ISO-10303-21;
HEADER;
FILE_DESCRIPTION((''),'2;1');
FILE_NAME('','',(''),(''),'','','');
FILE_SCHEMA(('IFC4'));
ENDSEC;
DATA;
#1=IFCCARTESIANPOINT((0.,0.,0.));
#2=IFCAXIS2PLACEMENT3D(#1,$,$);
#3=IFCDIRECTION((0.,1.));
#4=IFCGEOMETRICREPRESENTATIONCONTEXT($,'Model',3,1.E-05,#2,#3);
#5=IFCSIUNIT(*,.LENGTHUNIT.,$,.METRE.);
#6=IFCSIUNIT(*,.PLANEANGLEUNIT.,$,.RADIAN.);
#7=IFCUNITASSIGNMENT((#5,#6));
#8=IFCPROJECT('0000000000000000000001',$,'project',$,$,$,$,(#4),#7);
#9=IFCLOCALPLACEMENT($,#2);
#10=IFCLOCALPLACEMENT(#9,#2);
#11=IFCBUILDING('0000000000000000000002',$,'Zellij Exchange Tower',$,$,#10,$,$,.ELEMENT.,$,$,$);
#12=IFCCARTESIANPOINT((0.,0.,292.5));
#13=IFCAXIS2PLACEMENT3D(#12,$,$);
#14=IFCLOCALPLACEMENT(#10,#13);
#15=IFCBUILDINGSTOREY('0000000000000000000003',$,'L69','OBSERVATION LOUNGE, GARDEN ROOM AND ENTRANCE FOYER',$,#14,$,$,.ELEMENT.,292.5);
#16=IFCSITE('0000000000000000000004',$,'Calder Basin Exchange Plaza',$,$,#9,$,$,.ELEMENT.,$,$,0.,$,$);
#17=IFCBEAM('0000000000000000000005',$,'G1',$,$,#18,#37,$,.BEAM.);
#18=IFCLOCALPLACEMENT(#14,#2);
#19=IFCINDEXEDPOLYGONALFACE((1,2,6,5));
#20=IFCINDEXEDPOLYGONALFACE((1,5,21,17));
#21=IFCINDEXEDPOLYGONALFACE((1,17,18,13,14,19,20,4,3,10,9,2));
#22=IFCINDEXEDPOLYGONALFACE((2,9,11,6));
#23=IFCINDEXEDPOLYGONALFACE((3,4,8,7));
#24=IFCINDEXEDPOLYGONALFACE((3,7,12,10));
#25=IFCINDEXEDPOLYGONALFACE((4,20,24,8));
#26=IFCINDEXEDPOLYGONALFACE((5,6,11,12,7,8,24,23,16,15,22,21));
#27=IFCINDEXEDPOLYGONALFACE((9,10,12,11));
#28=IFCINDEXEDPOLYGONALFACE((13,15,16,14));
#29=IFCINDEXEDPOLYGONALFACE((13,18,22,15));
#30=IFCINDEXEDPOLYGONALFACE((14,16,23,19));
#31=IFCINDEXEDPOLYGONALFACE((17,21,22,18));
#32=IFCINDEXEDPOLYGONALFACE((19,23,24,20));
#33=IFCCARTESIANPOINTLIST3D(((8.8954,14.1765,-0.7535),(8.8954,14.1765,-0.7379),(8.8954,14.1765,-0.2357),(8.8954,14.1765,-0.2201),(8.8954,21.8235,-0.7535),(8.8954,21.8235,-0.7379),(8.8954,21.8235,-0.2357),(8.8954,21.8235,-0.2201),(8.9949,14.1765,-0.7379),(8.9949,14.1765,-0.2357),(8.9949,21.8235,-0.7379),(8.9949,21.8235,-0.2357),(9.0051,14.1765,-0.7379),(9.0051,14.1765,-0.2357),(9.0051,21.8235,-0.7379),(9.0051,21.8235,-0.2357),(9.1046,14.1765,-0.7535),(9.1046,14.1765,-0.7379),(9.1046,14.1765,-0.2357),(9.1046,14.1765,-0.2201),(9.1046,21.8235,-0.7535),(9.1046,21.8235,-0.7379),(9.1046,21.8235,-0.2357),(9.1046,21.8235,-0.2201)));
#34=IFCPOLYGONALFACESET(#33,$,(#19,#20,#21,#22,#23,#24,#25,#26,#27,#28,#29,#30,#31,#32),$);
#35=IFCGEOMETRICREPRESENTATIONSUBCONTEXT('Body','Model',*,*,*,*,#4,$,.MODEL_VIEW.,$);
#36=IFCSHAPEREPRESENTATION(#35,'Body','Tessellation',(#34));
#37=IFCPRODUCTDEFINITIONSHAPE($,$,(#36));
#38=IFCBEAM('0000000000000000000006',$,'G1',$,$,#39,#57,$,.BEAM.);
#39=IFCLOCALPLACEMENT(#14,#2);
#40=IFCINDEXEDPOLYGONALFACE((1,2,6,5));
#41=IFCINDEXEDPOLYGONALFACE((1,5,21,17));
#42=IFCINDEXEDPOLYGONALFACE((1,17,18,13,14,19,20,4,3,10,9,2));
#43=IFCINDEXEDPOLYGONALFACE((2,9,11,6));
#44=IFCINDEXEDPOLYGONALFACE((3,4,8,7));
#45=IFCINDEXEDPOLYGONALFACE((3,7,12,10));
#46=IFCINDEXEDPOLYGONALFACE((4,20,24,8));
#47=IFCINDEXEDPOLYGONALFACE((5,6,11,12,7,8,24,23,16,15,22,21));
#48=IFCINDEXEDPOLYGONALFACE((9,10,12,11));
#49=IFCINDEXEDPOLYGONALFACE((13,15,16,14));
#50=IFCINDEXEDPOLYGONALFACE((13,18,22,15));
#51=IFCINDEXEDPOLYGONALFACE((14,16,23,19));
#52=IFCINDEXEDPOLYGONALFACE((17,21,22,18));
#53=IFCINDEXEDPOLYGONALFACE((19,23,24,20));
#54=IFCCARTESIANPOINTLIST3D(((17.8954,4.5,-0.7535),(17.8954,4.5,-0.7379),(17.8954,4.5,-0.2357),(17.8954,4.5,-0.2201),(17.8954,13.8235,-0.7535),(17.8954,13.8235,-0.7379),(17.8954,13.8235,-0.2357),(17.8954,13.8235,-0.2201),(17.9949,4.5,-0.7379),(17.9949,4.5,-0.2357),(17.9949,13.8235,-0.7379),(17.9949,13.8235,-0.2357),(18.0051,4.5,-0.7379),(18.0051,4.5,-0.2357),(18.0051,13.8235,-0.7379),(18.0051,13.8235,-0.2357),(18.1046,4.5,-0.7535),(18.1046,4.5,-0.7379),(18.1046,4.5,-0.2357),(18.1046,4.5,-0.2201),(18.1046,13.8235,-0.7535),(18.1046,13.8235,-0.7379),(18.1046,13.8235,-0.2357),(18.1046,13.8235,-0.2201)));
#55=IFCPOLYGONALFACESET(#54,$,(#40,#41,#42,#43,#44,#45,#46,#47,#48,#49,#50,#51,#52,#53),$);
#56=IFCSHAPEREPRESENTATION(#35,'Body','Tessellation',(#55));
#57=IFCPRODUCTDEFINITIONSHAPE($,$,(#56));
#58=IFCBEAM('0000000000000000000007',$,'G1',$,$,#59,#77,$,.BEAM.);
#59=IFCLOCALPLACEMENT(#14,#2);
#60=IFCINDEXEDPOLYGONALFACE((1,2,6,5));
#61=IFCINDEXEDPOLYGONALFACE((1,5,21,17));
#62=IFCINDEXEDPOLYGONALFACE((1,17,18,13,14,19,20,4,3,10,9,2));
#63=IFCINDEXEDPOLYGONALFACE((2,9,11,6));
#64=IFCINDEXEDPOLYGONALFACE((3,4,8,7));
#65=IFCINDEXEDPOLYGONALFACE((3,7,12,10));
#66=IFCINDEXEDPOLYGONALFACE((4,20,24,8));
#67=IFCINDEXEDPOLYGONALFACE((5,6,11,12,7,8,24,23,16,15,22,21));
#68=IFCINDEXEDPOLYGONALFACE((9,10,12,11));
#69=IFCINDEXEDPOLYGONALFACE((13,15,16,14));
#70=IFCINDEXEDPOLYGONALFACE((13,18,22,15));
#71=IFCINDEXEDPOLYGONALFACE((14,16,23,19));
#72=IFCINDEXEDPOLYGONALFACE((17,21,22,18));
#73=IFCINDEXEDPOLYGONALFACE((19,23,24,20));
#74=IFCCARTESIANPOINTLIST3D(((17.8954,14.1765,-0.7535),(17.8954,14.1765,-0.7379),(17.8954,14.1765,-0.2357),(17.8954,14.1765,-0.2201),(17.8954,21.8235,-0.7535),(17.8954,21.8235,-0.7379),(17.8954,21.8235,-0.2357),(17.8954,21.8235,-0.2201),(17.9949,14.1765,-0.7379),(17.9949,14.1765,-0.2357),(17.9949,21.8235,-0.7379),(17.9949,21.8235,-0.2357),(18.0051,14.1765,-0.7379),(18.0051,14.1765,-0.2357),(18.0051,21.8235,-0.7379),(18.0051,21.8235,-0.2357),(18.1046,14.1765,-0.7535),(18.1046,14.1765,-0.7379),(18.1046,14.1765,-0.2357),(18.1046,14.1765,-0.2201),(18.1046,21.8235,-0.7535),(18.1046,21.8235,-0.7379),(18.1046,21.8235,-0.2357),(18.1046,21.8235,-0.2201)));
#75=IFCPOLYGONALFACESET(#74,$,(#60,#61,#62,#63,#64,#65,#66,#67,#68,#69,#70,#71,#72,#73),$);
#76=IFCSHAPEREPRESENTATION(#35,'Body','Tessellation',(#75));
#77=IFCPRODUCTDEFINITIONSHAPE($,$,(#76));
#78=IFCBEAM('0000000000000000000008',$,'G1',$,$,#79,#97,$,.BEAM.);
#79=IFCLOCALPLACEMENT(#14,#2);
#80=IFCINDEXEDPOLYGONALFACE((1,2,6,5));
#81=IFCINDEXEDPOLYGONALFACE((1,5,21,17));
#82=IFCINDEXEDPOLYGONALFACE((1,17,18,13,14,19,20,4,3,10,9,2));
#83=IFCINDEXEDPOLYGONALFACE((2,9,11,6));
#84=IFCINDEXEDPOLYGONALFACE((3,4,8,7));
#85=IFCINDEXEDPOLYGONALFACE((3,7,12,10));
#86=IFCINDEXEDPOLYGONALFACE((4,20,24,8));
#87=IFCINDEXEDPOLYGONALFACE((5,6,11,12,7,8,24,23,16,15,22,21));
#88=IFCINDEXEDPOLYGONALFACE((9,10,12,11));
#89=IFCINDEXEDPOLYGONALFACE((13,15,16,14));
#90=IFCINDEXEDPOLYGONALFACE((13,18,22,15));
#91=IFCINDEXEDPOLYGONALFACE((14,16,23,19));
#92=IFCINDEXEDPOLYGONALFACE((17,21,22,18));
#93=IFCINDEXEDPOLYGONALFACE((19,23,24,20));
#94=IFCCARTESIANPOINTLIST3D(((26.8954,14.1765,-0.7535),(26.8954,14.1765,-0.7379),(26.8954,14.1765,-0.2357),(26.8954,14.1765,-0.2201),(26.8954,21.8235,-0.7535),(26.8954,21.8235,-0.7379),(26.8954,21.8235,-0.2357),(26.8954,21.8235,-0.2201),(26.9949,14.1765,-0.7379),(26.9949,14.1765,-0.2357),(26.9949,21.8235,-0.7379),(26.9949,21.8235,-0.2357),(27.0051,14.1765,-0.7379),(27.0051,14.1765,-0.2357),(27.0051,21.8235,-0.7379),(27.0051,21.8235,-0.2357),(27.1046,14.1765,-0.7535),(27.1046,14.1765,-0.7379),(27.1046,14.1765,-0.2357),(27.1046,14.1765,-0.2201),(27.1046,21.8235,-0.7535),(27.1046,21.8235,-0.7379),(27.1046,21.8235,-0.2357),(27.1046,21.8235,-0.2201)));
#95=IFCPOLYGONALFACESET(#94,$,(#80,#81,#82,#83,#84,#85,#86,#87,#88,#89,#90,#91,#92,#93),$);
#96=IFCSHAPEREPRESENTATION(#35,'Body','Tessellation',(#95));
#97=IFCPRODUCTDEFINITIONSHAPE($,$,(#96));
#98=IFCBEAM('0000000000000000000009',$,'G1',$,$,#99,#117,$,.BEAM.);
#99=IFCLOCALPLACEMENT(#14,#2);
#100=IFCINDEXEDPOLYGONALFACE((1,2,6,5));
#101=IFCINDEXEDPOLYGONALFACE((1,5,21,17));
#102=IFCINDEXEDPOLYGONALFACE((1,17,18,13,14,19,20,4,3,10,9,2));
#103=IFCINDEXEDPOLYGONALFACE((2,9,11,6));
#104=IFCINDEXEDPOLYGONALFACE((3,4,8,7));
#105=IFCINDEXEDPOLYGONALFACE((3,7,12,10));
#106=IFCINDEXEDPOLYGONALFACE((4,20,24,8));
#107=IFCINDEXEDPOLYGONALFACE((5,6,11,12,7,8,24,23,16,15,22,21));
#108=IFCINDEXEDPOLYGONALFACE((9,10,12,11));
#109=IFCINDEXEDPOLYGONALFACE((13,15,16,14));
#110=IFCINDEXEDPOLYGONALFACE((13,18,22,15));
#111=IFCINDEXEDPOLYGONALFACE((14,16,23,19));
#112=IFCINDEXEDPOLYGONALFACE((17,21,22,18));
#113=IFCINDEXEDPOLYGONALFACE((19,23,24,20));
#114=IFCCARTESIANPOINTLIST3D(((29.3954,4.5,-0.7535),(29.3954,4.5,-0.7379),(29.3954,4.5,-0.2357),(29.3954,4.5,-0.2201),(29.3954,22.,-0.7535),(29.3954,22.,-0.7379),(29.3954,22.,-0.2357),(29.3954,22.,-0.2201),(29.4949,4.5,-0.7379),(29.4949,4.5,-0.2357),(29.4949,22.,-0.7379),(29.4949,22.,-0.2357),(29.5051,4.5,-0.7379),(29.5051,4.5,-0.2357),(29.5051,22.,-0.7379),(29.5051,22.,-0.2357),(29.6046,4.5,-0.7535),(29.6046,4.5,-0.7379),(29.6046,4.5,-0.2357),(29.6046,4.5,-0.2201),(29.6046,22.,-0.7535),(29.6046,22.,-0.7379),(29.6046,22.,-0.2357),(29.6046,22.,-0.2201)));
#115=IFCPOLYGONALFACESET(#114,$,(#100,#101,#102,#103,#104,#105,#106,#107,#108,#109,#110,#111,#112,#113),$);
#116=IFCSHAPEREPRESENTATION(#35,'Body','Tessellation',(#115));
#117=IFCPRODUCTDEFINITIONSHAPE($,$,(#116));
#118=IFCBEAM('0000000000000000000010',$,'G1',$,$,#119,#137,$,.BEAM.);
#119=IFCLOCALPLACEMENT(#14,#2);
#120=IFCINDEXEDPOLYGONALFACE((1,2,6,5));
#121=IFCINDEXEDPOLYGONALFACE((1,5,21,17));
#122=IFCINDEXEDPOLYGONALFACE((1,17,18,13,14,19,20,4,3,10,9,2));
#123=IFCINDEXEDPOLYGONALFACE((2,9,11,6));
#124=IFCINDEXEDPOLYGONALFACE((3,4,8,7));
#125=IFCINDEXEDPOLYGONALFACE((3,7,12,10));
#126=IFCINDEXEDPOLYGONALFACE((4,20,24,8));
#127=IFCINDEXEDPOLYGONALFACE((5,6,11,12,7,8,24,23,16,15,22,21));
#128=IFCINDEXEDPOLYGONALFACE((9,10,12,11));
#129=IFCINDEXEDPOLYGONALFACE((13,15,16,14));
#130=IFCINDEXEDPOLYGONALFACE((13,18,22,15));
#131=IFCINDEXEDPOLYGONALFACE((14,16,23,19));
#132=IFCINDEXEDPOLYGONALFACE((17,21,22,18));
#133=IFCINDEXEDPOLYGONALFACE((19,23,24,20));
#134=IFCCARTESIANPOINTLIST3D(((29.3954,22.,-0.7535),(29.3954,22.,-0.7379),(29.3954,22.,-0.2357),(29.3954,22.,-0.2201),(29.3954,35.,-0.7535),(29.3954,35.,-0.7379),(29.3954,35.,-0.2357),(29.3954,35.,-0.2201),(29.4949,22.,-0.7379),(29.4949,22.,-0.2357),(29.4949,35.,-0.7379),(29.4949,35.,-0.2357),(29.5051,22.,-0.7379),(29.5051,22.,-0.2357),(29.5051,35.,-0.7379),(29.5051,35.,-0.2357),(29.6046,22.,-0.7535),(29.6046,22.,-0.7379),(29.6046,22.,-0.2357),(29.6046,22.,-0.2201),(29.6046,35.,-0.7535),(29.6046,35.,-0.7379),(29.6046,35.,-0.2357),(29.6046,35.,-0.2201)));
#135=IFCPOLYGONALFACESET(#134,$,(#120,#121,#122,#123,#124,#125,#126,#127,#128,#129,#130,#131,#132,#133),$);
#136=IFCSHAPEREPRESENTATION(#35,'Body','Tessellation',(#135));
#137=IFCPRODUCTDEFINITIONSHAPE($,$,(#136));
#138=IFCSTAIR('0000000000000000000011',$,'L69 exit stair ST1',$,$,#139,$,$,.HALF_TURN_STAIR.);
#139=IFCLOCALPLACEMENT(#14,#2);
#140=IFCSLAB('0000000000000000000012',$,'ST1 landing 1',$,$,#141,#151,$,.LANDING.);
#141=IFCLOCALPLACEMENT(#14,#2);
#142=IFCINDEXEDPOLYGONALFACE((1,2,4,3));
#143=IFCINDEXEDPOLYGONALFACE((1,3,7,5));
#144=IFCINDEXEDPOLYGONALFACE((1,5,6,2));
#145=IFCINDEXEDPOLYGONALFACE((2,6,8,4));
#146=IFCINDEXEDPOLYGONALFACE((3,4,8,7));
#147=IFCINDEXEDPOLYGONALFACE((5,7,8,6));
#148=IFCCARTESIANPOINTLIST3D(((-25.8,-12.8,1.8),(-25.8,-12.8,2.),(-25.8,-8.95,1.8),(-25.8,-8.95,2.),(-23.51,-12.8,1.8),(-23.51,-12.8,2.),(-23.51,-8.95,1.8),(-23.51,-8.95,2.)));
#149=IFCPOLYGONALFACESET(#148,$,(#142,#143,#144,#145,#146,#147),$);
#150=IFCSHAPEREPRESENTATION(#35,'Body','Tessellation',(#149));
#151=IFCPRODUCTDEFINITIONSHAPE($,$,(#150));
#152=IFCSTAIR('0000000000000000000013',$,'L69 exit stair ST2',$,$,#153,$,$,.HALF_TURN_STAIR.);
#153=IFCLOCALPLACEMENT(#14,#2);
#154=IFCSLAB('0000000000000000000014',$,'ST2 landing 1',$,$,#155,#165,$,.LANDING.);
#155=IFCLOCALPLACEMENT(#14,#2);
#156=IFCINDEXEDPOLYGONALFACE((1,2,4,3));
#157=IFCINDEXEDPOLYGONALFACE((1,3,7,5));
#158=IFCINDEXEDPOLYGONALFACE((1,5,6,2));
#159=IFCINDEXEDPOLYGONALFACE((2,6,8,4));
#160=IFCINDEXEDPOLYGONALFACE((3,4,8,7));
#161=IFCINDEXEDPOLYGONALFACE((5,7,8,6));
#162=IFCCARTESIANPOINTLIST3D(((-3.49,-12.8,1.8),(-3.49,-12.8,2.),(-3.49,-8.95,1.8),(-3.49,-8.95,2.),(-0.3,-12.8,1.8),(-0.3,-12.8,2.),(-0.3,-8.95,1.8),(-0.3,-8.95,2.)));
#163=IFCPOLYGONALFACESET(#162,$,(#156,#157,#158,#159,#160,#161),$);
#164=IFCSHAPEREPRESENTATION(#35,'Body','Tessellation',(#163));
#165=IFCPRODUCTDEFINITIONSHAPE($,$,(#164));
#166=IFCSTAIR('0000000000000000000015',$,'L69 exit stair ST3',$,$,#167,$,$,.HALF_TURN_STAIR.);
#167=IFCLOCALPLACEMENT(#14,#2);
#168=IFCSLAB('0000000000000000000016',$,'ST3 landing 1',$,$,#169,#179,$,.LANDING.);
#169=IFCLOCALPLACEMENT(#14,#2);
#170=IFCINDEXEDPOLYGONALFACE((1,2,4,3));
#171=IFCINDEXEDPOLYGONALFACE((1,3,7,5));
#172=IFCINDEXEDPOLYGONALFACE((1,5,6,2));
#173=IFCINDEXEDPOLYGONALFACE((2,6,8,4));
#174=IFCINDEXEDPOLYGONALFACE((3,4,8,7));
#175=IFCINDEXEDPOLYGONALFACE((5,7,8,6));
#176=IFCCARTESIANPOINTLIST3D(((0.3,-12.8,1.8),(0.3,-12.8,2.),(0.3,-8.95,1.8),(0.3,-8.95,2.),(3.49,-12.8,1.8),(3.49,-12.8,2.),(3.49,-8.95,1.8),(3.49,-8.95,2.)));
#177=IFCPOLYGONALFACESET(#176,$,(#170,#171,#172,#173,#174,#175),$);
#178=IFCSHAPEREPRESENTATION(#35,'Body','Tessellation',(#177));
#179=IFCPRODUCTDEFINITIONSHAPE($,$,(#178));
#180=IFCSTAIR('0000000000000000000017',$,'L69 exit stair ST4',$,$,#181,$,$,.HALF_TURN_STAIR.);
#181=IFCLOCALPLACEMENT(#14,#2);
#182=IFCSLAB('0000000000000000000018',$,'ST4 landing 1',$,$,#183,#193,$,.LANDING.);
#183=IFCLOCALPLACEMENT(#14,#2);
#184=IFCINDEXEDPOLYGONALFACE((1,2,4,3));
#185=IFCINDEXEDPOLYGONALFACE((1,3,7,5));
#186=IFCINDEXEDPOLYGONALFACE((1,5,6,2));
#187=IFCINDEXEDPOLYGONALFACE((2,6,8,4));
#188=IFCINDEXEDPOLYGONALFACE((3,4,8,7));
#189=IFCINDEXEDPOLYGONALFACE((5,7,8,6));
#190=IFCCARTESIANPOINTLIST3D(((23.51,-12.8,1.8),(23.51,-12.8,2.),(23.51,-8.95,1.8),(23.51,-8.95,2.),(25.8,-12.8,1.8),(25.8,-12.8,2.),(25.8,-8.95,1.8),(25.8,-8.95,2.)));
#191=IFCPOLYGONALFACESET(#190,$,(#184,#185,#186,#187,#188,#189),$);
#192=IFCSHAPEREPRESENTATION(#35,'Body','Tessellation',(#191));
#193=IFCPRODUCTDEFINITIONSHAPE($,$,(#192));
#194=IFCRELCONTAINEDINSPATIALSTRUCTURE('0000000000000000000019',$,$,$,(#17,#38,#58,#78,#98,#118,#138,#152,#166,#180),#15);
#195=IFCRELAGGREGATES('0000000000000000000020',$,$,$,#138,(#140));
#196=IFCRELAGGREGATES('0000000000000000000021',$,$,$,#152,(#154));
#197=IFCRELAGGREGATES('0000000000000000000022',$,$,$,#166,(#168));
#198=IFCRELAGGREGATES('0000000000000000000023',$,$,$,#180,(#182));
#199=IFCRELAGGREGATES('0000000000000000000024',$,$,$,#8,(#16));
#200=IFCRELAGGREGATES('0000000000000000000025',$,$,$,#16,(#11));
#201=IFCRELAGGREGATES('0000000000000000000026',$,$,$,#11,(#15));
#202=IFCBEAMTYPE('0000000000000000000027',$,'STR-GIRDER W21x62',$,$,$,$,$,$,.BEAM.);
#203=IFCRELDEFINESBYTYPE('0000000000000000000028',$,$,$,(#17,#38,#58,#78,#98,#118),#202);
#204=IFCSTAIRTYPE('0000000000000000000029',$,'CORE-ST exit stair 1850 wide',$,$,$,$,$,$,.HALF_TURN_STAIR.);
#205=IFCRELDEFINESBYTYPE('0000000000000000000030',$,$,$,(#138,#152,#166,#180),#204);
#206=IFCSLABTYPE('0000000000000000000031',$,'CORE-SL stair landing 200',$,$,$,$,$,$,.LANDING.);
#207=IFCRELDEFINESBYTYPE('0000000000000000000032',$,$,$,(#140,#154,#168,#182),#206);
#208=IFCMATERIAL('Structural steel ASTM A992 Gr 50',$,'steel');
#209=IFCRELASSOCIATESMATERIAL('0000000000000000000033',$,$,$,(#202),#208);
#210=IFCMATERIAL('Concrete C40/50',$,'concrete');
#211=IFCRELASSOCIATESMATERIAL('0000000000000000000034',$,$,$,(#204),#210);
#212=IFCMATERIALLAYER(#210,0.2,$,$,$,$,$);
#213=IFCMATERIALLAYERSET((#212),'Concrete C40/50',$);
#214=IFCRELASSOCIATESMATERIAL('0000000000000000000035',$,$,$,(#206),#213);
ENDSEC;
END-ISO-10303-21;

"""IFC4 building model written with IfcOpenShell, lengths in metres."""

from ifc_helpers import new_model, si_unit, direction, frame, origin, origin_2d, place, context, subcontext, project, spatial, polyline, i_section, outline, extrude, material, layer, layer_set, material_profile, profile_set, type_object, element, aggregate, save


model = new_model("IFC4")

# Units and contexts
model_context = context("Model", 3, precision=1e-05, world=origin(), true_north=direction((0.0, 1.0)))
body_context = subcontext(model_context, "Body", "Model", "MODEL_VIEW")
ifc_project = project(units=[si_unit("LENGTHUNIT", "METRE"), si_unit("PLANEANGLEUNIT", "RADIAN")], contexts=[model_context])

# Site, building, storey
site_placement = place(None, origin())
site = spatial("IfcSite", under=ifc_project, at=site_placement, Name="Calder Basin Exchange Plaza", CompositionType="ELEMENT", RefElevation=0.0)
building_placement = place(site_placement, origin())
building = spatial("IfcBuilding", under=site, at=building_placement, Name="Zellij Exchange Tower", CompositionType="ELEMENT")
storey_placement = place(building_placement, frame((0.0, 0.0, 292.5)))
storey = spatial("IfcBuildingStorey", under=building, at=storey_placement, Name="L69", Description="OBSERVATION LOUNGE, GARDEN ROOM AND ENTRANCE FOYER", CompositionType="ELEMENT", Elevation=292.5)

# Shared definitions
ifc_material_1 = material(Name="Structural steel ASTM A992 Gr 50", Category="steel")

# Beams
ifc_material_profile_1 = material_profile(ifc_material_1, i_section(OverallWidth=0.2092, OverallDepth=0.5334, WebThickness=0.0103, FlangeThickness=0.0156, at=origin_2d()), Name="W21x62")
ifc_profile_set_1 = profile_set([ifc_material_profile_1], Name="Structural steel ASTM A992 Gr 50")
beam_type = type_object("IfcBeamType", Name="STR-GIRDER W21x62", PredefinedType="BEAM", material=ifc_profile_set_1)
beam_1_placement = place(storey_placement, frame((9.0, 14.1765, -0.4868), z_axis=(0.0, 1.0, 0.0), x_axis=(-1.0, 0.0, 0.0)))
element("IfcBeam", 1, at=beam_1_placement, inside=storey, type_object=beam_type, Name="G1", PredefinedType="BEAM", context=body_context, shape_type="SweptSolid", body=[
    extrude(i_section(OverallWidth=0.2092, OverallDepth=0.5334, WebThickness=0.0103, FlangeThickness=0.0156, at=origin_2d()), origin(), (0.0, 0.0, 1.0), 7.647),
])
beam_2_placement = place(storey_placement, frame((18.0, 4.5, -0.4868), z_axis=(0.0, 1.0, 0.0), x_axis=(-1.0, 0.0, 0.0)))
element("IfcBeam", 2, at=beam_2_placement, inside=storey, type_object=beam_type, Name="G1", PredefinedType="BEAM", context=body_context, shape_type="SweptSolid", body=[
    extrude(i_section(OverallWidth=0.2092, OverallDepth=0.5334, WebThickness=0.0103, FlangeThickness=0.0156, at=origin_2d()), origin(), (0.0, 0.0, 1.0), 9.3235),
])
for number, where, z_axis, x_axis, name in (
    (3, (18.0, 14.1765, -0.4868), (0.0, 1.0, 0.0), (-1.0, 0.0, 0.0), "G1"),
    (4, (27.0, 14.1765, -0.4868), (0.0, 1.0, 0.0), (-1.0, 0.0, 0.0), "G1"),
):
    element("IfcBeam", number, at=place(storey_placement, frame(where, z_axis=z_axis, x_axis=x_axis)), inside=storey, type_object=beam_type, Name=name, PredefinedType="BEAM", context=body_context, shape_type="SweptSolid", body=[
        extrude(i_section(OverallWidth=0.2092, OverallDepth=0.5334, WebThickness=0.0103, FlangeThickness=0.0156, at=origin_2d()), origin(), (0.0, 0.0, 1.0), 7.647),
    ])
beam_3_placement = place(storey_placement, frame((29.5, 4.5, -0.4868), z_axis=(0.0, 1.0, 0.0), x_axis=(-1.0, 0.0, 0.0)))
element("IfcBeam", 5, at=beam_3_placement, inside=storey, type_object=beam_type, Name="G1", PredefinedType="BEAM", context=body_context, shape_type="SweptSolid", body=[
    extrude(i_section(OverallWidth=0.2092, OverallDepth=0.5334, WebThickness=0.0103, FlangeThickness=0.0156, at=origin_2d()), origin(), (0.0, 0.0, 1.0), 17.5),
])
beam_4_placement = place(storey_placement, frame((29.5, 22.0, -0.4868), z_axis=(0.0, 1.0, 0.0), x_axis=(-1.0, 0.0, 0.0)))
element("IfcBeam", 6, at=beam_4_placement, inside=storey, type_object=beam_type, Name="G1", PredefinedType="BEAM", context=body_context, shape_type="SweptSolid", body=[
    extrude(i_section(OverallWidth=0.2092, OverallDepth=0.5334, WebThickness=0.0103, FlangeThickness=0.0156, at=origin_2d()), origin(), (0.0, 0.0, 1.0), 13.0),
])

# Stairs, slabs
ifc_material_2 = material(Name="Concrete C40/50", Category="concrete")
stair_type = type_object("IfcStairType", Name="CORE-ST exit stair 1850 wide", PredefinedType="HALF_TURN_STAIR", material=ifc_material_2)
stair_1_placement = place(storey_placement, origin())
stair_1 = element("IfcStair", 7, at=stair_1_placement, inside=storey, type_object=stair_type, Name="L69 exit stair ST1", PredefinedType="HALF_TURN_STAIR")
ifc_layer_1 = layer(ifc_material_2, 0.2)
ifc_layer_set_1 = layer_set([ifc_layer_1], Name="Concrete C40/50")
slab_type_1 = type_object("IfcSlabType", Name="CORE-SL stair landing 200", PredefinedType="LANDING", material=ifc_layer_set_1)
slab_1_placement = place(storey_placement, frame((0.0, 0.0, 1.8)))
slab_1 = element("IfcSlab", 8, at=slab_1_placement, type_object=slab_type_1, Name="ST1 landing 1", PredefinedType="LANDING", context=body_context, shape_type="SweptSolid", body=[
    extrude(outline(polyline([(-23.51, -8.95), (-25.8, -8.95), (-25.8, -12.8), (-23.51, -12.8), (-23.51, -8.95)])), origin(), (0.0, 0.0, 1.0), 0.2),
])
aggregate(stair_1, [slab_1])
stair_2_placement = place(storey_placement, origin())
stair_2 = element("IfcStair", 9, at=stair_2_placement, inside=storey, type_object=stair_type, Name="L69 exit stair ST2", PredefinedType="HALF_TURN_STAIR")
slab_2_placement = place(storey_placement, frame((0.0, 0.0, 1.8)))
slab_2 = element("IfcSlab", 10, at=slab_2_placement, type_object=slab_type_1, Name="ST2 landing 1", PredefinedType="LANDING", context=body_context, shape_type="SweptSolid", body=[
    extrude(outline(polyline([(-3.49, -12.8), (-0.3, -12.8), (-0.3, -8.95), (-3.49, -8.95), (-3.49, -12.8)])), origin(), (0.0, 0.0, 1.0), 0.2),
])
aggregate(stair_2, [slab_2])
stair_3_placement = place(storey_placement, origin())
stair_3 = element("IfcStair", 11, at=stair_3_placement, inside=storey, type_object=stair_type, Name="L69 exit stair ST3", PredefinedType="HALF_TURN_STAIR")
slab_3_placement = place(storey_placement, frame((0.0, 0.0, 1.8)))
slab_3 = element("IfcSlab", 12, at=slab_3_placement, type_object=slab_type_1, Name="ST3 landing 1", PredefinedType="LANDING", context=body_context, shape_type="SweptSolid", body=[
    extrude(outline(polyline([(3.49, -8.95), (0.3, -8.95), (0.3, -12.8), (3.49, -12.8), (3.49, -8.95)])), origin(), (0.0, 0.0, 1.0), 0.2),
])
aggregate(stair_3, [slab_3])
stair_4_placement = place(storey_placement, origin())
stair_4 = element("IfcStair", 13, at=stair_4_placement, inside=storey, type_object=stair_type, Name="L69 exit stair ST4", PredefinedType="HALF_TURN_STAIR")
slab_4_placement = place(storey_placement, frame((0.0, 0.0, 1.8)))
slab_4 = element("IfcSlab", 14, at=slab_4_placement, type_object=slab_type_1, Name="ST4 landing 1", PredefinedType="LANDING", context=body_context, shape_type="SweptSolid", body=[
    extrude(outline(polyline([(23.51, -12.8), (25.8, -12.8), (25.8, -8.95), (23.51, -8.95), (23.51, -12.8)])), origin(), (0.0, 0.0, 1.0), 0.2),
])
aggregate(stair_4, [slab_4])

save(model, "model.ifc")
